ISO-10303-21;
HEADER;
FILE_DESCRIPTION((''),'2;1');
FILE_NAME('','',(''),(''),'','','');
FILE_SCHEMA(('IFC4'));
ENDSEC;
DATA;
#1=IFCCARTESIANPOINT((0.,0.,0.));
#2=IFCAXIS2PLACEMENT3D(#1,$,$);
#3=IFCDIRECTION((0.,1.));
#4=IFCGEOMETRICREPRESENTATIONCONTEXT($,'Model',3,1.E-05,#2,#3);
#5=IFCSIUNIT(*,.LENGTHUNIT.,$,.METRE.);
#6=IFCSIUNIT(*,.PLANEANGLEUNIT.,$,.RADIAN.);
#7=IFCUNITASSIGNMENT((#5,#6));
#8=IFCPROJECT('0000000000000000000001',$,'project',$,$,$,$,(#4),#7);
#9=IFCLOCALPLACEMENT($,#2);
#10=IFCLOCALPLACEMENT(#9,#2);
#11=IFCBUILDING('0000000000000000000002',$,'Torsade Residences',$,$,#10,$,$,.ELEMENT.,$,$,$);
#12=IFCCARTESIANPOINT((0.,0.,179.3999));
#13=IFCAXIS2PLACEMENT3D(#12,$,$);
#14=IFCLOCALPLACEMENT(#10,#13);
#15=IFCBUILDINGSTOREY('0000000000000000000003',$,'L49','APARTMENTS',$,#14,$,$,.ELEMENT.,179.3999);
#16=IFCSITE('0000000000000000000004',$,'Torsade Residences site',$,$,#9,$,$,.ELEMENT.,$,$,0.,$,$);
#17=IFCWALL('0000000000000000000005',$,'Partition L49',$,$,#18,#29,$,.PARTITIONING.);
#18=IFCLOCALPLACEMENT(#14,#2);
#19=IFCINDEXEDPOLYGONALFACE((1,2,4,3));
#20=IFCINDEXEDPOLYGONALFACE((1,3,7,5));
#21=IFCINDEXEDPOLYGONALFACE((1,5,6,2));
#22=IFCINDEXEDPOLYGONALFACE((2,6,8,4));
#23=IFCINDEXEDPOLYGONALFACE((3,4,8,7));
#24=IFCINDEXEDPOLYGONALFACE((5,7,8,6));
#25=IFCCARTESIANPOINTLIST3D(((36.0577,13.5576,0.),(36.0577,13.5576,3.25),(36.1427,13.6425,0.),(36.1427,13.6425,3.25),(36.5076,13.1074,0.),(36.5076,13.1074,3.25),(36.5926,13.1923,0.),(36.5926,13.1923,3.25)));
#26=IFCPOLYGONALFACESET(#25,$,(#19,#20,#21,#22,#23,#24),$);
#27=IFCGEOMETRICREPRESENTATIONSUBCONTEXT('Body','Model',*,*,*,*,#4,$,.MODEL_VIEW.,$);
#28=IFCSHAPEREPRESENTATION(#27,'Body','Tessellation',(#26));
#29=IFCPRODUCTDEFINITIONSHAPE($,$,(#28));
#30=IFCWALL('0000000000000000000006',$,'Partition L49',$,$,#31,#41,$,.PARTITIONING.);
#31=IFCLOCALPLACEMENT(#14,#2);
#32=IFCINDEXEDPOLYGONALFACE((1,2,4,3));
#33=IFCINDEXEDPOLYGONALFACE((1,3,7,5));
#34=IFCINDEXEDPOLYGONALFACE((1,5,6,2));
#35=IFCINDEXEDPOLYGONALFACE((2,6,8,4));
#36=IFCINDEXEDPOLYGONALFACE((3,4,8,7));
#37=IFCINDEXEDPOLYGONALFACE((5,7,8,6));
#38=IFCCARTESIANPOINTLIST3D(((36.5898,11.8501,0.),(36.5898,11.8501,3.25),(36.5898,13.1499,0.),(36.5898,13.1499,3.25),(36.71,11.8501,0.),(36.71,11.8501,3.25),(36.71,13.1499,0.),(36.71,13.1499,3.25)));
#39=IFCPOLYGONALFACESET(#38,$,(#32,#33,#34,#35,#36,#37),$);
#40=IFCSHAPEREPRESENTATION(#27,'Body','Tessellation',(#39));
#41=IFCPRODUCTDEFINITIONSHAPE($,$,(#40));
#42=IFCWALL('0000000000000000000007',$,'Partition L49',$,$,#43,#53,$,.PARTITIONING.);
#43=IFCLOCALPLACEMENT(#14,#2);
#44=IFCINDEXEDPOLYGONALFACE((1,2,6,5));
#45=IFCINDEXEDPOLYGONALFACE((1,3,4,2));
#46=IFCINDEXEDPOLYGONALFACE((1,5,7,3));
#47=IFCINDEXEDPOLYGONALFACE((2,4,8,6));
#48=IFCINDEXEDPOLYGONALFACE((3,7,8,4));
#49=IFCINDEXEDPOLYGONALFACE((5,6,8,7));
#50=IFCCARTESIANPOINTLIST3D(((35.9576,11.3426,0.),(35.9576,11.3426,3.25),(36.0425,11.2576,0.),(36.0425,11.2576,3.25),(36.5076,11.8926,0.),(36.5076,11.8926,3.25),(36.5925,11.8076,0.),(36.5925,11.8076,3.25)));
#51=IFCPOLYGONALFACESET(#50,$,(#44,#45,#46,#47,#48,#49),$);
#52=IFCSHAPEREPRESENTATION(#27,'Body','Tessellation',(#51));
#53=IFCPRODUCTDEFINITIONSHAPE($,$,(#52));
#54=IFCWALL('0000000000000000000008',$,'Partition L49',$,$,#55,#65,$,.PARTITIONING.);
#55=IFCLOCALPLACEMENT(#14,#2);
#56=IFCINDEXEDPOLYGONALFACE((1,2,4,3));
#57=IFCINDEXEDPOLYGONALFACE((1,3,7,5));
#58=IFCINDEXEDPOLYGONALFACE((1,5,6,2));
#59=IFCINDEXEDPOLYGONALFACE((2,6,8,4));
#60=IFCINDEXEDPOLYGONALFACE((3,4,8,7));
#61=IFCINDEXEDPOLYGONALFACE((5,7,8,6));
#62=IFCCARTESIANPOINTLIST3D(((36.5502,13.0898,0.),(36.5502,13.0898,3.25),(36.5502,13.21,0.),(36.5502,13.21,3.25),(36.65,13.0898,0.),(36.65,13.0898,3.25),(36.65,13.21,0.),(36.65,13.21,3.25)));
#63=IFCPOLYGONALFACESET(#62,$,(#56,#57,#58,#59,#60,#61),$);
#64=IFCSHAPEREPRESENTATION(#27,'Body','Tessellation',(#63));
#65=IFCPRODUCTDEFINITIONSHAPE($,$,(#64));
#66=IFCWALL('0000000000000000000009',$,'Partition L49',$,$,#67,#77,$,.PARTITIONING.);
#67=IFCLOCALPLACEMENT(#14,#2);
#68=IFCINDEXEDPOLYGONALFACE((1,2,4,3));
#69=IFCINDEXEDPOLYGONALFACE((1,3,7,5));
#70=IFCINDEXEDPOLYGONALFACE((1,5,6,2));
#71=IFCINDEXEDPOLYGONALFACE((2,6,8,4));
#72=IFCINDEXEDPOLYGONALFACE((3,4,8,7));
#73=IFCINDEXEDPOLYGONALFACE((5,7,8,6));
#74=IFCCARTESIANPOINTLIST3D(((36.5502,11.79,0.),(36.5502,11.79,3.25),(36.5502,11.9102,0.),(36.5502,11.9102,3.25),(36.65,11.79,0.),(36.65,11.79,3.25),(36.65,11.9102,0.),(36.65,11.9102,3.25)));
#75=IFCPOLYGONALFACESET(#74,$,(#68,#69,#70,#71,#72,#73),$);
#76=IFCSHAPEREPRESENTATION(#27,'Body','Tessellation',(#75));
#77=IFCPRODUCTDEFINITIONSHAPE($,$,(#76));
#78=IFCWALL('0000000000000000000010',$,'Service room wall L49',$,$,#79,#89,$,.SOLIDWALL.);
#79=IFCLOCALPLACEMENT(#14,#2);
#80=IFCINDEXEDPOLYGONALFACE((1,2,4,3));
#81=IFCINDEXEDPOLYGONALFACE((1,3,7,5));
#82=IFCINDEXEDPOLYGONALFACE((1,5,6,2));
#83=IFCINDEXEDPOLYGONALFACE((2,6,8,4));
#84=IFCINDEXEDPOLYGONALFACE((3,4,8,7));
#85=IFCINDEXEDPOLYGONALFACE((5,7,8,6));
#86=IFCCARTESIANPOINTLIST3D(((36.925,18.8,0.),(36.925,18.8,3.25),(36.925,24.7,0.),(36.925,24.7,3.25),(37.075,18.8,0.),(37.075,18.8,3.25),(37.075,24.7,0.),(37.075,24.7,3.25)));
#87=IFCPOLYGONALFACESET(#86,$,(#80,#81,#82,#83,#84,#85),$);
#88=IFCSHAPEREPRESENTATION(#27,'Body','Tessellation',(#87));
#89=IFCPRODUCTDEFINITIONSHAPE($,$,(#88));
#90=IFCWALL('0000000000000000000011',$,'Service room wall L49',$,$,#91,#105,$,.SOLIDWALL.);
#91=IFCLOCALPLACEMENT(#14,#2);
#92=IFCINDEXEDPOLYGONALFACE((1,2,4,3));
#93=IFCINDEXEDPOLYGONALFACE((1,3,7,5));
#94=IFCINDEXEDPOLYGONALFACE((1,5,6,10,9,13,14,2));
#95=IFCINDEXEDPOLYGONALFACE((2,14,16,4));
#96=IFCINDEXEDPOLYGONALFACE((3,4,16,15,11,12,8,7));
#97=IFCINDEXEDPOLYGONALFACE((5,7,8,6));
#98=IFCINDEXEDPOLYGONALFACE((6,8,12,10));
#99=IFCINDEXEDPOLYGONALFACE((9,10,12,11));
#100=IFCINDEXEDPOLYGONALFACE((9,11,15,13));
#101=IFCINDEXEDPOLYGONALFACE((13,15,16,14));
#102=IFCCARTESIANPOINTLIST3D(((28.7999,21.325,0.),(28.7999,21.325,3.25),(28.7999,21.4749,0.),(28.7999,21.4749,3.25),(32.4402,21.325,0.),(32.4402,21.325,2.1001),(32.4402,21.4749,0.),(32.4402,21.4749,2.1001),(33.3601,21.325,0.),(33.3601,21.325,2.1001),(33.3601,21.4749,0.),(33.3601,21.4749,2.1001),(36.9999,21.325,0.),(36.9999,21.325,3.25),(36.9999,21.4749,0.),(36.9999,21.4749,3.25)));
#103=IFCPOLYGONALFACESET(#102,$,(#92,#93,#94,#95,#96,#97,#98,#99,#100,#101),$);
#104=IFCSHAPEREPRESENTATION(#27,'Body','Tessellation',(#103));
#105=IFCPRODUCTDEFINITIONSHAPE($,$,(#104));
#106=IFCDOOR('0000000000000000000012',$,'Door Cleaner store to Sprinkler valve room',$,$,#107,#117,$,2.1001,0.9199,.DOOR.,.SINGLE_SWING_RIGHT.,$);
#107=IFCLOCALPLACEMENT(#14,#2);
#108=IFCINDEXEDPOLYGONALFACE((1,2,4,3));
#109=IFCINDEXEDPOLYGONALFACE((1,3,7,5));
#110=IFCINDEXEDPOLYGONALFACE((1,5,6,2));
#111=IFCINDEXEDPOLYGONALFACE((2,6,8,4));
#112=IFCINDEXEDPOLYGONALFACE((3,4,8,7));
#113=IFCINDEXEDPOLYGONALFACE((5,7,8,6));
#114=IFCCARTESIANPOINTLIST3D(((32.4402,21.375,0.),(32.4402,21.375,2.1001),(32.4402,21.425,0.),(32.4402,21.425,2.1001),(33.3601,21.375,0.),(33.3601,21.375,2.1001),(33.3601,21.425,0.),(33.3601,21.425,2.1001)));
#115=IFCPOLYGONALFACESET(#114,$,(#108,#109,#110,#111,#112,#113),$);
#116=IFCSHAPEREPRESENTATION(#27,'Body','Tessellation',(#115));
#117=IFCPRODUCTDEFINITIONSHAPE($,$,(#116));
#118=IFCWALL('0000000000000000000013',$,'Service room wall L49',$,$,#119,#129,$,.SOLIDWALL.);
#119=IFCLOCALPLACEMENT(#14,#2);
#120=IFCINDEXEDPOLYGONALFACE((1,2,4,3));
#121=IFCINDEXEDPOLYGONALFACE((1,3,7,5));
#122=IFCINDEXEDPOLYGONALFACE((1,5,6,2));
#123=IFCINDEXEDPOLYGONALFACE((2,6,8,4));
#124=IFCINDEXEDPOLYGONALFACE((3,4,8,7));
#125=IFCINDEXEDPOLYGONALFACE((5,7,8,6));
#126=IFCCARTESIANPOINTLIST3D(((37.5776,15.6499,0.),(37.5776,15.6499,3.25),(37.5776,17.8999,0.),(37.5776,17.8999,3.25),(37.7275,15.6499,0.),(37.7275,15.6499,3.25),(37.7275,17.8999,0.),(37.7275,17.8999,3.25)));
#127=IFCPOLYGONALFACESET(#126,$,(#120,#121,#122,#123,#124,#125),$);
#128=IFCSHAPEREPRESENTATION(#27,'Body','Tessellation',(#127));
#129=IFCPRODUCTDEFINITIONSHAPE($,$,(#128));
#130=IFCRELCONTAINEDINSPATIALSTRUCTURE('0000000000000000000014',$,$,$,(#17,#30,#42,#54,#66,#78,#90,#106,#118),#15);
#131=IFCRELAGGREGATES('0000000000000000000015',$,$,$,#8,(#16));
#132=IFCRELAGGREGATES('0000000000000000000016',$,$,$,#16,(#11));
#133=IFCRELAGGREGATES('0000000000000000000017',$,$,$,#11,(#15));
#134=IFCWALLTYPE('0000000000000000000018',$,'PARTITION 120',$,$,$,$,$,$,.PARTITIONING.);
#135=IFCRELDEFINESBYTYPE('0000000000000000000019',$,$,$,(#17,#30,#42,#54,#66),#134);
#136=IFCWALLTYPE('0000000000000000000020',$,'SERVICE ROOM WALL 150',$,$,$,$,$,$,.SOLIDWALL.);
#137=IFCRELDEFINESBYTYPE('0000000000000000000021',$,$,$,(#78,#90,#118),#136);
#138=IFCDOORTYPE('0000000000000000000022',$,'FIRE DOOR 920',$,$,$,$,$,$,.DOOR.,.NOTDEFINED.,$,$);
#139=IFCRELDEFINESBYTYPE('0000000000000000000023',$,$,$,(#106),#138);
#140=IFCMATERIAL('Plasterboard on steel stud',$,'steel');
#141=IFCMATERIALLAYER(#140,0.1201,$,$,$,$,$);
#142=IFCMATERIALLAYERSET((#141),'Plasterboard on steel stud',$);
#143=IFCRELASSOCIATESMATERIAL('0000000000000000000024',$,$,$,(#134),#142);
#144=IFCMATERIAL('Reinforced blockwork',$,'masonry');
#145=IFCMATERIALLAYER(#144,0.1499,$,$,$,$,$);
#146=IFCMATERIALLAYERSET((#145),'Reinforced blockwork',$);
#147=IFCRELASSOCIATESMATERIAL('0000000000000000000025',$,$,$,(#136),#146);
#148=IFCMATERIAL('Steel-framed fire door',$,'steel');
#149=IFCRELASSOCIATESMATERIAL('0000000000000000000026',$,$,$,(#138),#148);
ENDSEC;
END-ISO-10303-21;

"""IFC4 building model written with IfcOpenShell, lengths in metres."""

from ifc_helpers import new_model, si_unit, direction, frame, frame_2d, origin, place, context, subcontext, project, spatial, rectangle, extrude, material, layer, layer_set, type_object, element, fill, save


model = new_model("IFC4")

# Units and contexts
model_context = context("Model", 3, precision=1e-05, world=origin(), true_north=direction((0.0, 1.0)))
body_context = subcontext(model_context, "Body", "Model", "MODEL_VIEW")
ifc_project = project(units=[si_unit("LENGTHUNIT", "METRE"), si_unit("PLANEANGLEUNIT", "RADIAN")], contexts=[model_context])

# Site, building, storey
site_placement = place(None, origin())
site = spatial("IfcSite", under=ifc_project, at=site_placement, Name="Torsade Residences site", CompositionType="ELEMENT", RefElevation=0.0)
building_placement = place(site_placement, origin())
building = spatial("IfcBuilding", under=site, at=building_placement, Name="Torsade Residences", CompositionType="ELEMENT")
storey_placement = place(building_placement, frame((0.0, 0.0, 179.3999)))
storey = spatial("IfcBuildingStorey", under=building, at=storey_placement, Name="L49", Description="APARTMENTS", CompositionType="ELEMENT", Elevation=179.3999)

# Shared definitions
ifc_material_1 = material(Name="Plasterboard on steel stud", Category="steel")
ifc_layer_1 = layer(ifc_material_1, 0.1201)
ifc_layer_set_1 = layer_set([ifc_layer_1], Name="Plasterboard on steel stud")
wall_type_1 = type_object("IfcWallType", Name="PARTITION 120", PredefinedType="PARTITIONING", material=ifc_layer_set_1)

# Walls
wall_1_placement = place(storey_placement, frame((36.1001, 13.6001, 0.0), z_axis=(0.0, 0.0, 1.0), x_axis=(0.706915, -0.707299, 0.0)))
element("IfcWall", 1, at=wall_1_placement, inside=storey, type_object=wall_type_1, Name="Partition L49", PredefinedType="PARTITIONING", context=body_context, shape_type="SweptSolid", body=[
    extrude(rectangle(XDim=0.6365, YDim=0.1201, at=frame_2d((0.3184, 0.0))), origin(), (0.0, 0.0, 1.0), 3.25),
])
wall_2_placement = place(storey_placement, frame((36.6499, 13.1499, 0.0), z_axis=(0.0, 0.0, 1.0), x_axis=(0.0, -1.0, 0.0)))
element("IfcWall", 2, at=wall_2_placement, inside=storey, type_object=wall_type_1, Name="Partition L49", PredefinedType="PARTITIONING", context=body_context, shape_type="SweptSolid", body=[
    extrude(rectangle(XDim=1.2998, YDim=0.1201, at=frame_2d((0.6499, 0.0))), origin(), (0.0, 0.0, 1.0), 3.25),
])
wall_3_placement = place(storey_placement, frame((36.55, 11.8501, 0.0), z_axis=(0.0, 0.0, 1.0), x_axis=(-0.707107, -0.707107, 0.0)))
element("IfcWall", 3, at=wall_3_placement, inside=storey, type_object=wall_type_1, Name="Partition L49", PredefinedType="PARTITIONING", context=body_context, shape_type="SweptSolid", body=[
    extrude(rectangle(XDim=0.7778, YDim=0.1201, at=frame_2d((0.3889, 0.0))), origin(), (0.0, 0.0, 1.0), 3.25),
])
for number, where, z_axis, x_axis, name in (
    (4, (36.6499, 13.1499, 0.0), (0.0, 0.0, 1.0), (-1.0, 0.0, 0.0), "Partition L49"),
    (5, (36.6499, 11.8501, 0.0), (0.0, 0.0, 1.0), (-1.0, 0.0, 0.0), "Partition L49"),
):
    element("IfcWall", number, at=place(storey_placement, frame(where, z_axis=z_axis, x_axis=x_axis)), inside=storey, type_object=wall_type_1, Name=name, PredefinedType="PARTITIONING", context=body_context, shape_type="SweptSolid", body=[
        extrude(rectangle(XDim=0.0999, YDim=0.1201, at=frame_2d((0.0498, 0.0))), origin(), (0.0, 0.0, 1.0), 3.25),
    ])
ifc_material_2 = material(Name="Reinforced blockwork", Category="masonry")
ifc_layer_2 = layer(ifc_material_2, 0.1499)
ifc_layer_set_2 = layer_set([ifc_layer_2], Name="Reinforced blockwork")
wall_type_2 = type_object("IfcWallType", Name="SERVICE ROOM WALL 150", PredefinedType="SOLIDWALL", material=ifc_layer_set_2)
wall_4_placement = place(storey_placement, frame((37.0, 18.8, 0.0), z_axis=(0.0, 0.0, 1.0), x_axis=(0.0, 1.0, 0.0)))
element("IfcWall", 6, at=wall_4_placement, inside=storey, type_object=wall_type_2, Name="Service room wall L49", PredefinedType="SOLIDWALL", context=body_context, shape_type="SweptSolid", body=[
    extrude(rectangle(XDim=5.8999, YDim=0.1499, at=frame_2d((2.95, 0.0))), origin(), (0.0, 0.0, 1.0), 3.25),
])

# Wall, opening, door
wall_5_placement = place(storey_placement, frame((37.0, 21.3999, 0.0), z_axis=(0.0, 0.0, 1.0), x_axis=(-1.0, 0.0, 0.0)))
wall_5 = element("IfcWall", 7, at=wall_5_placement, inside=storey, type_object=wall_type_2, Name="Service room wall L49", PredefinedType="SOLIDWALL", context=body_context, shape_type="SweptSolid", body=[
    extrude(rectangle(XDim=8.2, YDim=0.1499, at=frame_2d((4.1001, 0.0))), origin(), (0.0, 0.0, 1.0), 3.25),
])
opening_1_placement = place(wall_5_placement, frame((3.6399, 0.0, 0.0)))
opening_1 = element("IfcOpeningElement", 8, at=opening_1_placement, cuts=wall_5, PredefinedType="OPENING", context=body_context, shape_type="SweptSolid", body=[
    extrude(rectangle(XDim=0.9199, YDim=2.1001, at=frame_2d((0.46, 1.05))), frame((0.0, 0.085, 0.0), z_axis=(0.0, -1.0, 0.0), x_axis=(1.0, 0.0, 0.0)), (0.0, 0.0, 1.0), 0.1699),
])
ifc_material_3 = material(Name="Steel-framed fire door", Category="steel")
door_type_1 = type_object("IfcDoorType", Name="FIRE DOOR 920", OperationType="NOTDEFINED", PredefinedType="DOOR", material=ifc_material_3)
door_1_placement = place(opening_1_placement, origin())
door_1 = element("IfcDoor", 9, at=door_1_placement, inside=storey, type_object=door_type_1, Name="Door Cleaner store to Sprinkler valve room", OperationType="SINGLE_SWING_RIGHT", OverallHeight=2.1001, OverallWidth=0.9199, PredefinedType="DOOR", context=body_context, shape_type="SweptSolid", body=[
    extrude(rectangle(XDim=0.9199, YDim=2.1001, at=frame_2d((0.46, 1.05))), frame((0.0, 0.0249, 0.0), z_axis=(0.0, -1.0, 0.0), x_axis=(1.0, 0.0, 0.0)), (0.0, 0.0, 1.0), 0.05),
])
fill(opening_1, door_1)

# Wall
wall_6_placement = place(storey_placement, frame((37.6526, 15.6499, 0.0), z_axis=(0.0, 0.0, 1.0), x_axis=(0.0, 1.0, 0.0)))
element("IfcWall", 10, at=wall_6_placement, inside=storey, type_object=wall_type_2, Name="Service room wall L49", PredefinedType="SOLIDWALL", context=body_context, shape_type="SweptSolid", body=[
    extrude(rectangle(XDim=2.25, YDim=0.1499, at=frame_2d((1.125, 0.0))), origin(), (0.0, 0.0, 1.0), 3.25),
])

save(model, "model.ifc")
